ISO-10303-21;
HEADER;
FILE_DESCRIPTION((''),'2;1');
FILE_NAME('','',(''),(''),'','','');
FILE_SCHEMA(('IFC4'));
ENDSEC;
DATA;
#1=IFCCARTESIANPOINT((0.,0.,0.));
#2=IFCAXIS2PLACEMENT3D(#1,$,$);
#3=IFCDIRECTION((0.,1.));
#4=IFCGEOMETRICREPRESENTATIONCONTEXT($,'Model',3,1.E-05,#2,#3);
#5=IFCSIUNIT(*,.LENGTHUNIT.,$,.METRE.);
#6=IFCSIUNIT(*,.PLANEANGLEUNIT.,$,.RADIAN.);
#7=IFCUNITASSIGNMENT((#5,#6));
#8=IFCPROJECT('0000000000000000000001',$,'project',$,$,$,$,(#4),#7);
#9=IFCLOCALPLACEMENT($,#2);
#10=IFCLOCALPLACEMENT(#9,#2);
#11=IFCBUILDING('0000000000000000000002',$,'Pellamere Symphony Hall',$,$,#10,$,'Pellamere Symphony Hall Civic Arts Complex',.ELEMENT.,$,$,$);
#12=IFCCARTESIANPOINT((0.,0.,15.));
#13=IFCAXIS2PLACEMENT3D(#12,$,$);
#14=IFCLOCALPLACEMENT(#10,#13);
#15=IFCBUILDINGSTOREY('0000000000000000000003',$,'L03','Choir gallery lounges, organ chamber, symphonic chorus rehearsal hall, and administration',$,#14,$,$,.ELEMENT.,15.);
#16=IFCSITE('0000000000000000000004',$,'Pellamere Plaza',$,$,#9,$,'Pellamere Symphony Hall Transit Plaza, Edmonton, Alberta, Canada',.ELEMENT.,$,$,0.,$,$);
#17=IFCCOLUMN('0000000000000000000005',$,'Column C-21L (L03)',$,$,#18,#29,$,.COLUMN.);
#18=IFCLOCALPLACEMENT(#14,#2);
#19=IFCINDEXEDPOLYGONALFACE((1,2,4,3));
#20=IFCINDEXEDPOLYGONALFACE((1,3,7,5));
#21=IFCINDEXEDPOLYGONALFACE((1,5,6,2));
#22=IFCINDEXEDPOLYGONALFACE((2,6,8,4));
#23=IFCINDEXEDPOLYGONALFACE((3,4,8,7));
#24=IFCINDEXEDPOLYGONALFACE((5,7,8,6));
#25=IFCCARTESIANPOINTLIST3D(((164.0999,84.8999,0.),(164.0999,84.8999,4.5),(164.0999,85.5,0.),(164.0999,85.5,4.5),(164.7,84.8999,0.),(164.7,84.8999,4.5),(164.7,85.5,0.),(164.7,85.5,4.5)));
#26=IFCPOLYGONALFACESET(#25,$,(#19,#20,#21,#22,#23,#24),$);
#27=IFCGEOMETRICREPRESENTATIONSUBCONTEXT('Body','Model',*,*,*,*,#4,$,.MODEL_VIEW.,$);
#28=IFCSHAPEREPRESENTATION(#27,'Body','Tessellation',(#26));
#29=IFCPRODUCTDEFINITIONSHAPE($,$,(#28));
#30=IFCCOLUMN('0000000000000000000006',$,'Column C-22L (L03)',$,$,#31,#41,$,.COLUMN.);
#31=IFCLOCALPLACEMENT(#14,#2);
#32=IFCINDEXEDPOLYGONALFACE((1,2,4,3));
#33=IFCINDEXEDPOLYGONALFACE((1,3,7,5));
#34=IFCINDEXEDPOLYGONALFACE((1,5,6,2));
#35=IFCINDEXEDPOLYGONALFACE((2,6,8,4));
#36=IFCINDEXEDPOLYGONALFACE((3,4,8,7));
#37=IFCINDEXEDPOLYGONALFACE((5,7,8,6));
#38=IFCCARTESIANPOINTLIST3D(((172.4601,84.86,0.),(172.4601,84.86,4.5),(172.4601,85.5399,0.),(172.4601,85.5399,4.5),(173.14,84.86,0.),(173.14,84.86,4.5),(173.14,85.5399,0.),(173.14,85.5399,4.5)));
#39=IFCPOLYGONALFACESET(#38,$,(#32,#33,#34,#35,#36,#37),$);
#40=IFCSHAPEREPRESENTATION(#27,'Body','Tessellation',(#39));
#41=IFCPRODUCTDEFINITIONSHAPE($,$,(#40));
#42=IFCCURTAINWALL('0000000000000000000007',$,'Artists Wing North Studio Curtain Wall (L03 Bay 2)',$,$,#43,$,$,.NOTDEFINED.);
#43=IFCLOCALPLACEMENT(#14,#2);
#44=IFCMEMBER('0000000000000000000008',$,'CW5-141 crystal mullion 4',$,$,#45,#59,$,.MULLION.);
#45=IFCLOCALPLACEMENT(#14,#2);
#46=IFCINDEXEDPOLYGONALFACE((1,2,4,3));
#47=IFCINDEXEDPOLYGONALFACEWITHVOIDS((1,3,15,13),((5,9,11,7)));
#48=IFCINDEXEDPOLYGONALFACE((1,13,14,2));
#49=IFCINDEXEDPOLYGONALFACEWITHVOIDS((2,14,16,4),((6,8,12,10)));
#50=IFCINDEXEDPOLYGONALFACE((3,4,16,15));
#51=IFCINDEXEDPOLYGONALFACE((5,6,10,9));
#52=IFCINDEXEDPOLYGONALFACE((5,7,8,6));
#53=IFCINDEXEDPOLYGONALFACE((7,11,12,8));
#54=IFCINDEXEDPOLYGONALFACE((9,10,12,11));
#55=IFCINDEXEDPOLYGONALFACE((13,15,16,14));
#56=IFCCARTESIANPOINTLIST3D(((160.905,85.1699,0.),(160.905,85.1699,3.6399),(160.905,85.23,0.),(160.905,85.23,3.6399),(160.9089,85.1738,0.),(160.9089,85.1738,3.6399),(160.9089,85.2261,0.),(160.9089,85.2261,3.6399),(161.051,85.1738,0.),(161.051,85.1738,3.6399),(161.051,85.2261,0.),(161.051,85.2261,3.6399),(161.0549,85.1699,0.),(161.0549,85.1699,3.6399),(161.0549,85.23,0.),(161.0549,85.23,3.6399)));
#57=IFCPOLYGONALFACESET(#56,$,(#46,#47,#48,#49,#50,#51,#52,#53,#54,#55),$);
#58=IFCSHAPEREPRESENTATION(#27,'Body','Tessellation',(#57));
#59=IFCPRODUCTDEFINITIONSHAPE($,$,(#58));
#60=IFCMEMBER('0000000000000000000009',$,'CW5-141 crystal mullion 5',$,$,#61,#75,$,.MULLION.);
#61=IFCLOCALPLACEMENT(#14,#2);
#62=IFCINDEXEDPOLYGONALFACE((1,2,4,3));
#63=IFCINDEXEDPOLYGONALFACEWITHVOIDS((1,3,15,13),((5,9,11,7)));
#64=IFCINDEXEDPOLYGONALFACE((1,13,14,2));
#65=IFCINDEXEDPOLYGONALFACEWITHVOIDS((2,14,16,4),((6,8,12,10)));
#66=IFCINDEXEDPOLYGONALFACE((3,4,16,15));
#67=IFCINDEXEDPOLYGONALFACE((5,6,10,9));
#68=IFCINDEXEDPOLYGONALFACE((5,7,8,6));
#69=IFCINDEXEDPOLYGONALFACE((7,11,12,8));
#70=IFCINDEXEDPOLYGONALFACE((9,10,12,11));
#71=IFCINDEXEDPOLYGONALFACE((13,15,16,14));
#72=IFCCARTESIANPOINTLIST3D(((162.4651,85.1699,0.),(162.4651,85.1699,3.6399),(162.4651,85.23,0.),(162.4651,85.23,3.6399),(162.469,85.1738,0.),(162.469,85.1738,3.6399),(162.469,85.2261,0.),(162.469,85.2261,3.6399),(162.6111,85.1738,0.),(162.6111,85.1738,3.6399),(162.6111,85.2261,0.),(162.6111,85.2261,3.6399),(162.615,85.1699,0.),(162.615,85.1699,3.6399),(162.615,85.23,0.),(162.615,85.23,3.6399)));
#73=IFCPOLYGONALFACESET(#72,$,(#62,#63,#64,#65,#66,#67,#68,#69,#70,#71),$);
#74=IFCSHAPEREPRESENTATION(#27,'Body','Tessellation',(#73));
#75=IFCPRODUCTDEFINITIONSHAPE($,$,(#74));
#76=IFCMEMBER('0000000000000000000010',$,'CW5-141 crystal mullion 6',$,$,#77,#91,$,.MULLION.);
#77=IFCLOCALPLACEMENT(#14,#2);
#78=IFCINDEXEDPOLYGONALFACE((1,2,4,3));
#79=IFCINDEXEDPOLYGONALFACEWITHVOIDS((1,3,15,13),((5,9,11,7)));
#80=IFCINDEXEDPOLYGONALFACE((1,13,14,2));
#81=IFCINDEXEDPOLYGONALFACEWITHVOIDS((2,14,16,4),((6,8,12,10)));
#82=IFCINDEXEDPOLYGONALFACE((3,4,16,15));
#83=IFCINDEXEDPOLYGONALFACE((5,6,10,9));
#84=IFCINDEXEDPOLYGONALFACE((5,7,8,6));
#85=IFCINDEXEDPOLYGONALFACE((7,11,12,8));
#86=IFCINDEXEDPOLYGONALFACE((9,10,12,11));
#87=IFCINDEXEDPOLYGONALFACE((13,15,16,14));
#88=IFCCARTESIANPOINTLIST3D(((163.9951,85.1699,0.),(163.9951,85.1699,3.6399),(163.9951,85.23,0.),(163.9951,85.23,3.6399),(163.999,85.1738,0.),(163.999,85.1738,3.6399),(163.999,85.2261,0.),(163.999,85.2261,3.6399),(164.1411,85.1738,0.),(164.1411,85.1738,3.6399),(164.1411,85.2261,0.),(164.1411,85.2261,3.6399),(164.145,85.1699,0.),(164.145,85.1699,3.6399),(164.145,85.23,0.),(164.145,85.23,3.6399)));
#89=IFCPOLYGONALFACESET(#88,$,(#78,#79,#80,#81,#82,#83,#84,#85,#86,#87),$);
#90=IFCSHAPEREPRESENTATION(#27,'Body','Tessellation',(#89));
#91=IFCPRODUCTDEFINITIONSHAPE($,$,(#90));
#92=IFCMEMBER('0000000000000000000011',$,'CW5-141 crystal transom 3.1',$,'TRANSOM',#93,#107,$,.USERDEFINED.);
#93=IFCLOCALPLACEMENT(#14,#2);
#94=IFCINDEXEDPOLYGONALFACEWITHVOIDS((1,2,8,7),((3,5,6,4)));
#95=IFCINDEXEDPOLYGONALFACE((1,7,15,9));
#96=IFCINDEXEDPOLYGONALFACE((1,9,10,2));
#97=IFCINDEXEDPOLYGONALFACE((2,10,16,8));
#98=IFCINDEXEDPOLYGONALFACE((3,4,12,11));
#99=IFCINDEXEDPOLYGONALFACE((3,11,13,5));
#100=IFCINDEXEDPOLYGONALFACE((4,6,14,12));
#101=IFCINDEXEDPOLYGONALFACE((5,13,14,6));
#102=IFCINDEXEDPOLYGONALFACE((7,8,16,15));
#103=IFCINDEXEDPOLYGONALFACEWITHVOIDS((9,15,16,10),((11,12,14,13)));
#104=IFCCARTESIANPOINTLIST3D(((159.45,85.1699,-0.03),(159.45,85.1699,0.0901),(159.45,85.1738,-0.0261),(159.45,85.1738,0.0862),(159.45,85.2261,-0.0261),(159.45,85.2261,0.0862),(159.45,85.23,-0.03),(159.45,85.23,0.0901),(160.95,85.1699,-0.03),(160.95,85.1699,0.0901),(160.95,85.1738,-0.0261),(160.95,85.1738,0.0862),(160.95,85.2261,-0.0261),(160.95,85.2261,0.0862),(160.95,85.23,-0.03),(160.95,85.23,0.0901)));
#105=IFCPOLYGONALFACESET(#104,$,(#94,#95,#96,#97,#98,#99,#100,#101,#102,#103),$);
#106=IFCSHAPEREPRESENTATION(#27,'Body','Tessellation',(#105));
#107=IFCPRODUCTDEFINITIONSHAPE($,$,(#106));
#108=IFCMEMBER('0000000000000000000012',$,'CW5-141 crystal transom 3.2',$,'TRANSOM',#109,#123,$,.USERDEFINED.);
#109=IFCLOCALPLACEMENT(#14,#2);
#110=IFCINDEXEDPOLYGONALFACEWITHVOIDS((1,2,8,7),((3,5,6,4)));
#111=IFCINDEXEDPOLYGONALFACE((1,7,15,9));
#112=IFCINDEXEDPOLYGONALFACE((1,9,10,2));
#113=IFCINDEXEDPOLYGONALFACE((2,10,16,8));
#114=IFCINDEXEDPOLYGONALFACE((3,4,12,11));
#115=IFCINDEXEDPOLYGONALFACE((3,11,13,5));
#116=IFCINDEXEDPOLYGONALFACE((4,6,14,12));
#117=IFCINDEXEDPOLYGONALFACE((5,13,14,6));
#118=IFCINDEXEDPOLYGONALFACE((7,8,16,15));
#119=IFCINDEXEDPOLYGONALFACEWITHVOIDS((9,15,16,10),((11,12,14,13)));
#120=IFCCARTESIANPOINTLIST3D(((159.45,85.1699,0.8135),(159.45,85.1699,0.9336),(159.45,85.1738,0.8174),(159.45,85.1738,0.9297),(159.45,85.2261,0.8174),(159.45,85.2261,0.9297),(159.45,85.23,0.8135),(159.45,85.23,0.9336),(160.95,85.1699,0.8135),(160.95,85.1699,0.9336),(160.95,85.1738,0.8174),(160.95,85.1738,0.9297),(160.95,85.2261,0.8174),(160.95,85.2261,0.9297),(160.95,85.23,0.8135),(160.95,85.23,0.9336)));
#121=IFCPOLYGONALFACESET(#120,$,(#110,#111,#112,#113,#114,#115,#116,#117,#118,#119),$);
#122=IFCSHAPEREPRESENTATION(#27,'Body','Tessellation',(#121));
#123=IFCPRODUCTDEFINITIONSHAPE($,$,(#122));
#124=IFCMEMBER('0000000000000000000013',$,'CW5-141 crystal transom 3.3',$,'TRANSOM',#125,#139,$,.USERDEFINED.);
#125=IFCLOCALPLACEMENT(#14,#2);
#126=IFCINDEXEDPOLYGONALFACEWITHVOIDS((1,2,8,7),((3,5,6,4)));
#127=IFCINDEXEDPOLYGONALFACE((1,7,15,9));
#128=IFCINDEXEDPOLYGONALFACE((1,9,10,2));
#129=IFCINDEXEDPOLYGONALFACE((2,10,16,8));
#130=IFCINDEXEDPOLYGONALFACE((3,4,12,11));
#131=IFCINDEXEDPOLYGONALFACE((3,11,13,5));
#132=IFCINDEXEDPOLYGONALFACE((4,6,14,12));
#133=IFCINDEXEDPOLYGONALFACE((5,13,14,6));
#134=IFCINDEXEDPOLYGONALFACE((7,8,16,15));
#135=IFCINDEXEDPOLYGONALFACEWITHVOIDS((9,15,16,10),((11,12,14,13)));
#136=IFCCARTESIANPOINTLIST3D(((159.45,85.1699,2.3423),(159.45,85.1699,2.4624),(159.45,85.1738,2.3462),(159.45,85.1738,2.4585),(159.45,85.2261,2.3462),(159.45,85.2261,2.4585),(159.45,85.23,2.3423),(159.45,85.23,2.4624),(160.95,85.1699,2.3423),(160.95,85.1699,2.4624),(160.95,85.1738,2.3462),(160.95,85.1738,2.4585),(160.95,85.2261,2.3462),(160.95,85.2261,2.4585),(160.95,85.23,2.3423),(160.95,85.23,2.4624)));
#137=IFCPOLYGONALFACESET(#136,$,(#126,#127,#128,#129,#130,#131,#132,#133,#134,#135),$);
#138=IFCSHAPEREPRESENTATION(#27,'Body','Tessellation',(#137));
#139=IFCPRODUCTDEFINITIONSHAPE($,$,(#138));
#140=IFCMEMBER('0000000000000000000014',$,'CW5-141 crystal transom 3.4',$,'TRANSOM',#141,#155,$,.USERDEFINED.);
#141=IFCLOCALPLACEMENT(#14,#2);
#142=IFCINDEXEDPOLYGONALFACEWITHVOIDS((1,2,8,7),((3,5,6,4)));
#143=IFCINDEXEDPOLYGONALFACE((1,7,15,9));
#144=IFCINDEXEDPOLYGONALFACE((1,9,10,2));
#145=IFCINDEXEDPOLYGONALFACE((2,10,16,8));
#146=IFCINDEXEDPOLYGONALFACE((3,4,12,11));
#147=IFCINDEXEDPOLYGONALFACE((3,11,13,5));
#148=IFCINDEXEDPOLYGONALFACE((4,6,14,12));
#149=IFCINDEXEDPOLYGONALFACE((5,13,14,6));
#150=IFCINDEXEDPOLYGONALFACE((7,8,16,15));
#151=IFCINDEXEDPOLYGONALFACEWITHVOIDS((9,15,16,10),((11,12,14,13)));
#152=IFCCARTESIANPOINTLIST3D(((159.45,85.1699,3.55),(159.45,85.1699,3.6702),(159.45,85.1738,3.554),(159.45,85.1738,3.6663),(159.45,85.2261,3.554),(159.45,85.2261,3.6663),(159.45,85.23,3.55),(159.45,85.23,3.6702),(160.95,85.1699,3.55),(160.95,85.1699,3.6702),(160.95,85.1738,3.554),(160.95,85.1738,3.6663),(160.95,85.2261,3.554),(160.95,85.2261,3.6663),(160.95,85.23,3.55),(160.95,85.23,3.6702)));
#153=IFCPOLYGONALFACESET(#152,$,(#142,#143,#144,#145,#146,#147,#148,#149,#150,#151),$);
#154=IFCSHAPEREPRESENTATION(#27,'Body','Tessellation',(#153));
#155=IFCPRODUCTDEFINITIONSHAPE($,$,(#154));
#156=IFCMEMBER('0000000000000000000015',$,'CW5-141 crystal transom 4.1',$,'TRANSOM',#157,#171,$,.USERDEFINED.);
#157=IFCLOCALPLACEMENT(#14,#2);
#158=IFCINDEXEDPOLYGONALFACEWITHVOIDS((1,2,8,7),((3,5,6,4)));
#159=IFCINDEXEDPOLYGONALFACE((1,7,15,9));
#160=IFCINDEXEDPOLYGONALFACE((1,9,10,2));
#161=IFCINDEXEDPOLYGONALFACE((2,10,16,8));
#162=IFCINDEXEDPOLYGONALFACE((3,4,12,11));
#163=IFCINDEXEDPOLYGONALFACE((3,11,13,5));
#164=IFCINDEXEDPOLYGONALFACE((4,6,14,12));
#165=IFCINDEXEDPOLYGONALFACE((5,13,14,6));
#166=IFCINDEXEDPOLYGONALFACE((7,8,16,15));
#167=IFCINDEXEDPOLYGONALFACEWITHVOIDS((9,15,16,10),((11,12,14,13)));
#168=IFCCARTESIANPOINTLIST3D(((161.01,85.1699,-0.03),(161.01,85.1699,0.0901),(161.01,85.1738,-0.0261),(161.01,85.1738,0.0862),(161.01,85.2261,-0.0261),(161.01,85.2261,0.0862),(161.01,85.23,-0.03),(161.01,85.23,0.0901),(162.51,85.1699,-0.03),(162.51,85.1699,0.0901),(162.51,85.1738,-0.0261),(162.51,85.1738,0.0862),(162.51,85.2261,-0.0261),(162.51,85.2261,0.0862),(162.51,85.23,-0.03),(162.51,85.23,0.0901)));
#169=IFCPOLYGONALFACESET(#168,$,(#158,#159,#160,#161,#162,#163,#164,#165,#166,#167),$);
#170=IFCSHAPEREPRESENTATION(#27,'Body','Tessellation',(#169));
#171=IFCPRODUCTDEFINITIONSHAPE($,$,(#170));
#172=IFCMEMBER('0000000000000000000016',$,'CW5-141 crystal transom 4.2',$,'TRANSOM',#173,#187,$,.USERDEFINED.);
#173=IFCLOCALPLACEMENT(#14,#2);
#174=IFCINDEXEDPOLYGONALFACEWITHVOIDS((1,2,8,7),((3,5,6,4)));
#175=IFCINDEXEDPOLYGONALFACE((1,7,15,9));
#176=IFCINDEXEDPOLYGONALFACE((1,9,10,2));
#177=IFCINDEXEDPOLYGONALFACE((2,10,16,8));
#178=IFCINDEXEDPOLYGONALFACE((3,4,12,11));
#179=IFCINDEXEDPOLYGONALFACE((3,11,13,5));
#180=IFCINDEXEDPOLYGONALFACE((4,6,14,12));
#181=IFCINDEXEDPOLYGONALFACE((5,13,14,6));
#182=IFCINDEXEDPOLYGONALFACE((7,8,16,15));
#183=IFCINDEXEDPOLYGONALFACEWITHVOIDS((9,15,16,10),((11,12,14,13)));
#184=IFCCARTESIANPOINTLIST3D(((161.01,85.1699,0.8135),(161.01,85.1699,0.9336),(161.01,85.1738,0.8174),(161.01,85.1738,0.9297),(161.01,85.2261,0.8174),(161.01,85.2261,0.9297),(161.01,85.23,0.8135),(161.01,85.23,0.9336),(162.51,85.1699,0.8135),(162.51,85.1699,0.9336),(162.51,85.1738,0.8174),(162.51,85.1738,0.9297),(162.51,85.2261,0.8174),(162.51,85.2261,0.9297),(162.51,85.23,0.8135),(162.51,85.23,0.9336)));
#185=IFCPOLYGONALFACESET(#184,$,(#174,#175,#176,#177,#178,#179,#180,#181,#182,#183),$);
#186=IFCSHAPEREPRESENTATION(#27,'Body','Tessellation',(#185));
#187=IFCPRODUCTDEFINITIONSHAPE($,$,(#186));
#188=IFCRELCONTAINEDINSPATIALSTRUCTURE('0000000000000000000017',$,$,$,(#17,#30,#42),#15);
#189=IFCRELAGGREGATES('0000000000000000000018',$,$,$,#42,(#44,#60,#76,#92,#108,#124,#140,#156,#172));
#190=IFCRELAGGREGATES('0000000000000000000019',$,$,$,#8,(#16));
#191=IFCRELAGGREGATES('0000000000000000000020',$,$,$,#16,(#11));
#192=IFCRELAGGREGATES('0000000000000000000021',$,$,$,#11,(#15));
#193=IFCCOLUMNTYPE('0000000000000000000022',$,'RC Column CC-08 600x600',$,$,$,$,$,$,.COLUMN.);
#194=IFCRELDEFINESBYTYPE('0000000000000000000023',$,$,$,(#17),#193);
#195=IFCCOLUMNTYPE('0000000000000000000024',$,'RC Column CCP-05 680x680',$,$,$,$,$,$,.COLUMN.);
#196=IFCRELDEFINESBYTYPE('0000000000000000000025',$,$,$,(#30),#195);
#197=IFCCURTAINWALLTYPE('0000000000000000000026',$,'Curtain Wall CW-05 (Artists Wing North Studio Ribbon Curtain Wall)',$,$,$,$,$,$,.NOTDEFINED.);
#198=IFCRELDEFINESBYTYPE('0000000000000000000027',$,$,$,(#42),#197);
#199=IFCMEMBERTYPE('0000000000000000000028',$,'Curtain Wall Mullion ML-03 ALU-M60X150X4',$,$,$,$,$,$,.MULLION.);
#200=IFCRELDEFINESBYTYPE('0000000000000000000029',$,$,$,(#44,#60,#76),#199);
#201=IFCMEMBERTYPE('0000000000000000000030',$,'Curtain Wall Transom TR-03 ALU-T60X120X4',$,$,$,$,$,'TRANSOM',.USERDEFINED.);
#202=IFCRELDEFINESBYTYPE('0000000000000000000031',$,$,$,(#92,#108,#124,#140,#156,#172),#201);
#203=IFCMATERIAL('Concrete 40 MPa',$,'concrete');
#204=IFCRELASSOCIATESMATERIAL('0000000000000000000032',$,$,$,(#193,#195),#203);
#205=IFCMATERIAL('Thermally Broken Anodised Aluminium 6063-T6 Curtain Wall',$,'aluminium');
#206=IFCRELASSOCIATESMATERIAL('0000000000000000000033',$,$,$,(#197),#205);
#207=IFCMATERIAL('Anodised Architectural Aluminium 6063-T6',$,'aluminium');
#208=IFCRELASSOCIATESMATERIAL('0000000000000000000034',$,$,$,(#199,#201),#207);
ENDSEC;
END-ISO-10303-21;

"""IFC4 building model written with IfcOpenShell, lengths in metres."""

from ifc_helpers import new_model, si_unit, direction, frame, origin, origin_2d, place, context, subcontext, project, spatial, rectangle, hollow_rectangle, extrude, material, material_profile, profile_set, type_object, element, aggregate, save


model = new_model("IFC4")

# Units and contexts
model_context = context("Model", 3, precision=1e-05, world=origin(), true_north=direction((0.0, 1.0)))
body_context = subcontext(model_context, "Body", "Model", "MODEL_VIEW")
ifc_project = project(units=[si_unit("LENGTHUNIT", "METRE"), si_unit("PLANEANGLEUNIT", "RADIAN")], contexts=[model_context])

# Site, building, storey
site_placement = place(None, origin())
site = spatial("IfcSite", under=ifc_project, at=site_placement, Name="Pellamere Plaza", LongName="Pellamere Symphony Hall Transit Plaza, Edmonton, Alberta, Canada", CompositionType="ELEMENT", RefElevation=0.0)
building_placement = place(site_placement, origin())
building = spatial("IfcBuilding", under=site, at=building_placement, Name="Pellamere Symphony Hall", LongName="Pellamere Symphony Hall Civic Arts Complex", CompositionType="ELEMENT")
storey_placement = place(building_placement, frame((0.0, 0.0, 15.0)))
storey = spatial("IfcBuildingStorey", under=building, at=storey_placement, Name="L03", Description="Choir gallery lounges, organ chamber, symphonic chorus rehearsal hall, and administration", CompositionType="ELEMENT", Elevation=15.0)

# Columns
ifc_material_1 = material(Name="Concrete 40 MPa", Category="concrete")
ifc_material_profile_1 = material_profile(ifc_material_1, rectangle(XDim=0.6001, YDim=0.6001, at=origin_2d()), Name="RC 600x600")
ifc_profile_set_1 = profile_set([ifc_material_profile_1], Name="Concrete 40 MPa")
column_type_1 = type_object("IfcColumnType", Name="RC Column CC-08 600x600", PredefinedType="COLUMN", material=ifc_profile_set_1)
column_1_placement = place(storey_placement, frame((164.3999, 85.2, 0.0), z_axis=(0.0, 0.0, 1.0), x_axis=(1.0, 0.0, 0.0)))
element("IfcColumn", 1, at=column_1_placement, inside=storey, type_object=column_type_1, Name="Column C-21L (L03)", PredefinedType="COLUMN", context=body_context, shape_type="SweptSolid", body=[
    extrude(rectangle(XDim=0.6001, YDim=0.6001, at=origin_2d()), origin(), (0.0, 0.0, 1.0), 4.5),
])
ifc_material_profile_2 = material_profile(ifc_material_1, rectangle(XDim=0.6799, YDim=0.6799, at=origin_2d()), Name="RC 680x680")
ifc_profile_set_2 = profile_set([ifc_material_profile_2], Name="Concrete 40 MPa")
column_type_2 = type_object("IfcColumnType", Name="RC Column CCP-05 680x680", PredefinedType="COLUMN", material=ifc_profile_set_2)
column_2_placement = place(storey_placement, frame((172.8, 85.2, 0.0), z_axis=(0.0, 0.0, 1.0), x_axis=(1.0, 0.0, 0.0)))
element("IfcColumn", 2, at=column_2_placement, inside=storey, type_object=column_type_2, Name="Column C-22L (L03)", PredefinedType="COLUMN", context=body_context, shape_type="SweptSolid", body=[
    extrude(rectangle(XDim=0.6799, YDim=0.6799, at=origin_2d()), origin(), (0.0, 0.0, 1.0), 4.5),
])

# Curtain wall, members
ifc_material_2 = material(Name="Thermally Broken Anodised Aluminium 6063-T6 Curtain Wall", Category="aluminium")
curtain_wall_type = type_object("IfcCurtainWallType", Name="Curtain Wall CW-05 (Artists Wing North Studio Ribbon Curtain Wall)", PredefinedType="NOTDEFINED", material=ifc_material_2)
curtain_wall_placement = place(storey_placement, origin())
curtain_wall = element("IfcCurtainWall", 3, at=curtain_wall_placement, inside=storey, type_object=curtain_wall_type, Name="Artists Wing North Studio Curtain Wall (L03 Bay 2)", PredefinedType="NOTDEFINED")
ifc_material_3 = material(Name="Anodised Architectural Aluminium 6063-T6", Category="aluminium")
ifc_material_profile_3 = material_profile(ifc_material_3, hollow_rectangle(XDim=0.0601, YDim=0.1499, WallThickness=0.0039, at=origin_2d()), Name="ALU-M60X150X4")
ifc_profile_set_3 = profile_set([ifc_material_profile_3], Name="Anodised Architectural Aluminium 6063-T6")
member_type_1 = type_object("IfcMemberType", Name="Curtain Wall Mullion ML-03 ALU-M60X150X4", PredefinedType="MULLION", material=ifc_profile_set_3)
member_1_placement = place(storey_placement, frame((160.98, 85.2, 0.0), z_axis=(0.0, 0.0, 1.0), x_axis=(0.0, 1.0, 0.0)))
member_1 = element("IfcMember", 4, at=member_1_placement, type_object=member_type_1, Name="CW5-141 crystal mullion 4", PredefinedType="MULLION", context=body_context, shape_type="SweptSolid", body=[
    extrude(hollow_rectangle(XDim=0.0601, YDim=0.1499, WallThickness=0.0039, at=origin_2d()), origin(), (0.0, 0.0, 1.0), 3.6399),
])
member_2_placement = place(storey_placement, frame((162.54, 85.2, 0.0), z_axis=(0.0, 0.0, 1.0), x_axis=(0.0, 1.0, 0.0)))
member_2 = element("IfcMember", 5, at=member_2_placement, type_object=member_type_1, Name="CW5-141 crystal mullion 5", PredefinedType="MULLION", context=body_context, shape_type="SweptSolid", body=[
    extrude(hollow_rectangle(XDim=0.0601, YDim=0.1499, WallThickness=0.0039, at=origin_2d()), origin(), (0.0, 0.0, 1.0), 3.6399),
])
member_3_placement = place(storey_placement, frame((164.0701, 85.2, 0.0), z_axis=(0.0, 0.0, 1.0), x_axis=(0.0, 1.0, 0.0)))
member_3 = element("IfcMember", 6, at=member_3_placement, type_object=member_type_1, Name="CW5-141 crystal mullion 6", PredefinedType="MULLION", context=body_context, shape_type="SweptSolid", body=[
    extrude(hollow_rectangle(XDim=0.0601, YDim=0.1499, WallThickness=0.0039, at=origin_2d()), origin(), (0.0, 0.0, 1.0), 3.6399),
])
ifc_material_profile_4 = material_profile(ifc_material_3, hollow_rectangle(XDim=0.0601, YDim=0.1201, WallThickness=0.0039, at=origin_2d()), Name="ALU-T60X120X4")
ifc_profile_set_4 = profile_set([ifc_material_profile_4], Name="Anodised Architectural Aluminium 6063-T6")
member_type_2 = type_object("IfcMemberType", Name="Curtain Wall Transom TR-03 ALU-T60X120X4", ElementType="TRANSOM", PredefinedType="USERDEFINED", material=ifc_profile_set_4)
member_4_placement = place(storey_placement, frame((159.45, 85.2, 0.03), z_axis=(1.0, 0.0, 0.0), x_axis=(0.0, 1.0, 0.0)))
member_4 = element("IfcMember", 7, at=member_4_placement, type_object=member_type_2, Name="CW5-141 crystal transom 3.1", ObjectType="TRANSOM", PredefinedType="USERDEFINED", context=body_context, shape_type="SweptSolid", body=[
    extrude(hollow_rectangle(XDim=0.0601, YDim=0.1201, WallThickness=0.0039, at=origin_2d()), origin(), (0.0, 0.0, 1.0), 1.5),
])
member_5_placement = place(storey_placement, frame((159.45, 85.2, 0.8735), z_axis=(1.0, 0.0, 0.0), x_axis=(0.0, 1.0, 0.0)))
member_5 = element("IfcMember", 8, at=member_5_placement, type_object=member_type_2, Name="CW5-141 crystal transom 3.2", ObjectType="TRANSOM", PredefinedType="USERDEFINED", context=body_context, shape_type="SweptSolid", body=[
    extrude(hollow_rectangle(XDim=0.0601, YDim=0.1201, WallThickness=0.0039, at=origin_2d()), origin(), (0.0, 0.0, 1.0), 1.5),
])
member_6_placement = place(storey_placement, frame((159.45, 85.2, 2.4023), z_axis=(1.0, 0.0, 0.0), x_axis=(0.0, 1.0, 0.0)))
member_6 = element("IfcMember", 9, at=member_6_placement, type_object=member_type_2, Name="CW5-141 crystal transom 3.3", ObjectType="TRANSOM", PredefinedType="USERDEFINED", context=body_context, shape_type="SweptSolid", body=[
    extrude(hollow_rectangle(XDim=0.0601, YDim=0.1201, WallThickness=0.0039, at=origin_2d()), origin(), (0.0, 0.0, 1.0), 1.5),
])
member_7_placement = place(storey_placement, frame((159.45, 85.2, 3.6101), z_axis=(1.0, 0.0, 0.0), x_axis=(0.0, 1.0, 0.0)))
member_7 = element("IfcMember", 10, at=member_7_placement, type_object=member_type_2, Name="CW5-141 crystal transom 3.4", ObjectType="TRANSOM", PredefinedType="USERDEFINED", context=body_context, shape_type="SweptSolid", body=[
    extrude(hollow_rectangle(XDim=0.0601, YDim=0.1201, WallThickness=0.0039, at=origin_2d()), origin(), (0.0, 0.0, 1.0), 1.5),
])
member_8_placement = place(storey_placement, frame((161.01, 85.2, 0.03), z_axis=(1.0, 0.0, 0.0), x_axis=(0.0, 1.0, 0.0)))
member_8 = element("IfcMember", 11, at=member_8_placement, type_object=member_type_2, Name="CW5-141 crystal transom 4.1", ObjectType="TRANSOM", PredefinedType="USERDEFINED", context=body_context, shape_type="SweptSolid", body=[
    extrude(hollow_rectangle(XDim=0.0601, YDim=0.1201, WallThickness=0.0039, at=origin_2d()), origin(), (0.0, 0.0, 1.0), 1.5),
])
member_9_placement = place(storey_placement, frame((161.01, 85.2, 0.8735), z_axis=(1.0, 0.0, 0.0), x_axis=(0.0, 1.0, 0.0)))
member_9 = element("IfcMember", 12, at=member_9_placement, type_object=member_type_2, Name="CW5-141 crystal transom 4.2", ObjectType="TRANSOM", PredefinedType="USERDEFINED", context=body_context, shape_type="SweptSolid", body=[
    extrude(hollow_rectangle(XDim=0.0601, YDim=0.1201, WallThickness=0.0039, at=origin_2d()), origin(), (0.0, 0.0, 1.0), 1.5),
])

aggregate(curtain_wall, [member_1, member_2, member_3, member_4, member_5, member_6, member_7, member_8, member_9])

save(model, "model.ifc")
